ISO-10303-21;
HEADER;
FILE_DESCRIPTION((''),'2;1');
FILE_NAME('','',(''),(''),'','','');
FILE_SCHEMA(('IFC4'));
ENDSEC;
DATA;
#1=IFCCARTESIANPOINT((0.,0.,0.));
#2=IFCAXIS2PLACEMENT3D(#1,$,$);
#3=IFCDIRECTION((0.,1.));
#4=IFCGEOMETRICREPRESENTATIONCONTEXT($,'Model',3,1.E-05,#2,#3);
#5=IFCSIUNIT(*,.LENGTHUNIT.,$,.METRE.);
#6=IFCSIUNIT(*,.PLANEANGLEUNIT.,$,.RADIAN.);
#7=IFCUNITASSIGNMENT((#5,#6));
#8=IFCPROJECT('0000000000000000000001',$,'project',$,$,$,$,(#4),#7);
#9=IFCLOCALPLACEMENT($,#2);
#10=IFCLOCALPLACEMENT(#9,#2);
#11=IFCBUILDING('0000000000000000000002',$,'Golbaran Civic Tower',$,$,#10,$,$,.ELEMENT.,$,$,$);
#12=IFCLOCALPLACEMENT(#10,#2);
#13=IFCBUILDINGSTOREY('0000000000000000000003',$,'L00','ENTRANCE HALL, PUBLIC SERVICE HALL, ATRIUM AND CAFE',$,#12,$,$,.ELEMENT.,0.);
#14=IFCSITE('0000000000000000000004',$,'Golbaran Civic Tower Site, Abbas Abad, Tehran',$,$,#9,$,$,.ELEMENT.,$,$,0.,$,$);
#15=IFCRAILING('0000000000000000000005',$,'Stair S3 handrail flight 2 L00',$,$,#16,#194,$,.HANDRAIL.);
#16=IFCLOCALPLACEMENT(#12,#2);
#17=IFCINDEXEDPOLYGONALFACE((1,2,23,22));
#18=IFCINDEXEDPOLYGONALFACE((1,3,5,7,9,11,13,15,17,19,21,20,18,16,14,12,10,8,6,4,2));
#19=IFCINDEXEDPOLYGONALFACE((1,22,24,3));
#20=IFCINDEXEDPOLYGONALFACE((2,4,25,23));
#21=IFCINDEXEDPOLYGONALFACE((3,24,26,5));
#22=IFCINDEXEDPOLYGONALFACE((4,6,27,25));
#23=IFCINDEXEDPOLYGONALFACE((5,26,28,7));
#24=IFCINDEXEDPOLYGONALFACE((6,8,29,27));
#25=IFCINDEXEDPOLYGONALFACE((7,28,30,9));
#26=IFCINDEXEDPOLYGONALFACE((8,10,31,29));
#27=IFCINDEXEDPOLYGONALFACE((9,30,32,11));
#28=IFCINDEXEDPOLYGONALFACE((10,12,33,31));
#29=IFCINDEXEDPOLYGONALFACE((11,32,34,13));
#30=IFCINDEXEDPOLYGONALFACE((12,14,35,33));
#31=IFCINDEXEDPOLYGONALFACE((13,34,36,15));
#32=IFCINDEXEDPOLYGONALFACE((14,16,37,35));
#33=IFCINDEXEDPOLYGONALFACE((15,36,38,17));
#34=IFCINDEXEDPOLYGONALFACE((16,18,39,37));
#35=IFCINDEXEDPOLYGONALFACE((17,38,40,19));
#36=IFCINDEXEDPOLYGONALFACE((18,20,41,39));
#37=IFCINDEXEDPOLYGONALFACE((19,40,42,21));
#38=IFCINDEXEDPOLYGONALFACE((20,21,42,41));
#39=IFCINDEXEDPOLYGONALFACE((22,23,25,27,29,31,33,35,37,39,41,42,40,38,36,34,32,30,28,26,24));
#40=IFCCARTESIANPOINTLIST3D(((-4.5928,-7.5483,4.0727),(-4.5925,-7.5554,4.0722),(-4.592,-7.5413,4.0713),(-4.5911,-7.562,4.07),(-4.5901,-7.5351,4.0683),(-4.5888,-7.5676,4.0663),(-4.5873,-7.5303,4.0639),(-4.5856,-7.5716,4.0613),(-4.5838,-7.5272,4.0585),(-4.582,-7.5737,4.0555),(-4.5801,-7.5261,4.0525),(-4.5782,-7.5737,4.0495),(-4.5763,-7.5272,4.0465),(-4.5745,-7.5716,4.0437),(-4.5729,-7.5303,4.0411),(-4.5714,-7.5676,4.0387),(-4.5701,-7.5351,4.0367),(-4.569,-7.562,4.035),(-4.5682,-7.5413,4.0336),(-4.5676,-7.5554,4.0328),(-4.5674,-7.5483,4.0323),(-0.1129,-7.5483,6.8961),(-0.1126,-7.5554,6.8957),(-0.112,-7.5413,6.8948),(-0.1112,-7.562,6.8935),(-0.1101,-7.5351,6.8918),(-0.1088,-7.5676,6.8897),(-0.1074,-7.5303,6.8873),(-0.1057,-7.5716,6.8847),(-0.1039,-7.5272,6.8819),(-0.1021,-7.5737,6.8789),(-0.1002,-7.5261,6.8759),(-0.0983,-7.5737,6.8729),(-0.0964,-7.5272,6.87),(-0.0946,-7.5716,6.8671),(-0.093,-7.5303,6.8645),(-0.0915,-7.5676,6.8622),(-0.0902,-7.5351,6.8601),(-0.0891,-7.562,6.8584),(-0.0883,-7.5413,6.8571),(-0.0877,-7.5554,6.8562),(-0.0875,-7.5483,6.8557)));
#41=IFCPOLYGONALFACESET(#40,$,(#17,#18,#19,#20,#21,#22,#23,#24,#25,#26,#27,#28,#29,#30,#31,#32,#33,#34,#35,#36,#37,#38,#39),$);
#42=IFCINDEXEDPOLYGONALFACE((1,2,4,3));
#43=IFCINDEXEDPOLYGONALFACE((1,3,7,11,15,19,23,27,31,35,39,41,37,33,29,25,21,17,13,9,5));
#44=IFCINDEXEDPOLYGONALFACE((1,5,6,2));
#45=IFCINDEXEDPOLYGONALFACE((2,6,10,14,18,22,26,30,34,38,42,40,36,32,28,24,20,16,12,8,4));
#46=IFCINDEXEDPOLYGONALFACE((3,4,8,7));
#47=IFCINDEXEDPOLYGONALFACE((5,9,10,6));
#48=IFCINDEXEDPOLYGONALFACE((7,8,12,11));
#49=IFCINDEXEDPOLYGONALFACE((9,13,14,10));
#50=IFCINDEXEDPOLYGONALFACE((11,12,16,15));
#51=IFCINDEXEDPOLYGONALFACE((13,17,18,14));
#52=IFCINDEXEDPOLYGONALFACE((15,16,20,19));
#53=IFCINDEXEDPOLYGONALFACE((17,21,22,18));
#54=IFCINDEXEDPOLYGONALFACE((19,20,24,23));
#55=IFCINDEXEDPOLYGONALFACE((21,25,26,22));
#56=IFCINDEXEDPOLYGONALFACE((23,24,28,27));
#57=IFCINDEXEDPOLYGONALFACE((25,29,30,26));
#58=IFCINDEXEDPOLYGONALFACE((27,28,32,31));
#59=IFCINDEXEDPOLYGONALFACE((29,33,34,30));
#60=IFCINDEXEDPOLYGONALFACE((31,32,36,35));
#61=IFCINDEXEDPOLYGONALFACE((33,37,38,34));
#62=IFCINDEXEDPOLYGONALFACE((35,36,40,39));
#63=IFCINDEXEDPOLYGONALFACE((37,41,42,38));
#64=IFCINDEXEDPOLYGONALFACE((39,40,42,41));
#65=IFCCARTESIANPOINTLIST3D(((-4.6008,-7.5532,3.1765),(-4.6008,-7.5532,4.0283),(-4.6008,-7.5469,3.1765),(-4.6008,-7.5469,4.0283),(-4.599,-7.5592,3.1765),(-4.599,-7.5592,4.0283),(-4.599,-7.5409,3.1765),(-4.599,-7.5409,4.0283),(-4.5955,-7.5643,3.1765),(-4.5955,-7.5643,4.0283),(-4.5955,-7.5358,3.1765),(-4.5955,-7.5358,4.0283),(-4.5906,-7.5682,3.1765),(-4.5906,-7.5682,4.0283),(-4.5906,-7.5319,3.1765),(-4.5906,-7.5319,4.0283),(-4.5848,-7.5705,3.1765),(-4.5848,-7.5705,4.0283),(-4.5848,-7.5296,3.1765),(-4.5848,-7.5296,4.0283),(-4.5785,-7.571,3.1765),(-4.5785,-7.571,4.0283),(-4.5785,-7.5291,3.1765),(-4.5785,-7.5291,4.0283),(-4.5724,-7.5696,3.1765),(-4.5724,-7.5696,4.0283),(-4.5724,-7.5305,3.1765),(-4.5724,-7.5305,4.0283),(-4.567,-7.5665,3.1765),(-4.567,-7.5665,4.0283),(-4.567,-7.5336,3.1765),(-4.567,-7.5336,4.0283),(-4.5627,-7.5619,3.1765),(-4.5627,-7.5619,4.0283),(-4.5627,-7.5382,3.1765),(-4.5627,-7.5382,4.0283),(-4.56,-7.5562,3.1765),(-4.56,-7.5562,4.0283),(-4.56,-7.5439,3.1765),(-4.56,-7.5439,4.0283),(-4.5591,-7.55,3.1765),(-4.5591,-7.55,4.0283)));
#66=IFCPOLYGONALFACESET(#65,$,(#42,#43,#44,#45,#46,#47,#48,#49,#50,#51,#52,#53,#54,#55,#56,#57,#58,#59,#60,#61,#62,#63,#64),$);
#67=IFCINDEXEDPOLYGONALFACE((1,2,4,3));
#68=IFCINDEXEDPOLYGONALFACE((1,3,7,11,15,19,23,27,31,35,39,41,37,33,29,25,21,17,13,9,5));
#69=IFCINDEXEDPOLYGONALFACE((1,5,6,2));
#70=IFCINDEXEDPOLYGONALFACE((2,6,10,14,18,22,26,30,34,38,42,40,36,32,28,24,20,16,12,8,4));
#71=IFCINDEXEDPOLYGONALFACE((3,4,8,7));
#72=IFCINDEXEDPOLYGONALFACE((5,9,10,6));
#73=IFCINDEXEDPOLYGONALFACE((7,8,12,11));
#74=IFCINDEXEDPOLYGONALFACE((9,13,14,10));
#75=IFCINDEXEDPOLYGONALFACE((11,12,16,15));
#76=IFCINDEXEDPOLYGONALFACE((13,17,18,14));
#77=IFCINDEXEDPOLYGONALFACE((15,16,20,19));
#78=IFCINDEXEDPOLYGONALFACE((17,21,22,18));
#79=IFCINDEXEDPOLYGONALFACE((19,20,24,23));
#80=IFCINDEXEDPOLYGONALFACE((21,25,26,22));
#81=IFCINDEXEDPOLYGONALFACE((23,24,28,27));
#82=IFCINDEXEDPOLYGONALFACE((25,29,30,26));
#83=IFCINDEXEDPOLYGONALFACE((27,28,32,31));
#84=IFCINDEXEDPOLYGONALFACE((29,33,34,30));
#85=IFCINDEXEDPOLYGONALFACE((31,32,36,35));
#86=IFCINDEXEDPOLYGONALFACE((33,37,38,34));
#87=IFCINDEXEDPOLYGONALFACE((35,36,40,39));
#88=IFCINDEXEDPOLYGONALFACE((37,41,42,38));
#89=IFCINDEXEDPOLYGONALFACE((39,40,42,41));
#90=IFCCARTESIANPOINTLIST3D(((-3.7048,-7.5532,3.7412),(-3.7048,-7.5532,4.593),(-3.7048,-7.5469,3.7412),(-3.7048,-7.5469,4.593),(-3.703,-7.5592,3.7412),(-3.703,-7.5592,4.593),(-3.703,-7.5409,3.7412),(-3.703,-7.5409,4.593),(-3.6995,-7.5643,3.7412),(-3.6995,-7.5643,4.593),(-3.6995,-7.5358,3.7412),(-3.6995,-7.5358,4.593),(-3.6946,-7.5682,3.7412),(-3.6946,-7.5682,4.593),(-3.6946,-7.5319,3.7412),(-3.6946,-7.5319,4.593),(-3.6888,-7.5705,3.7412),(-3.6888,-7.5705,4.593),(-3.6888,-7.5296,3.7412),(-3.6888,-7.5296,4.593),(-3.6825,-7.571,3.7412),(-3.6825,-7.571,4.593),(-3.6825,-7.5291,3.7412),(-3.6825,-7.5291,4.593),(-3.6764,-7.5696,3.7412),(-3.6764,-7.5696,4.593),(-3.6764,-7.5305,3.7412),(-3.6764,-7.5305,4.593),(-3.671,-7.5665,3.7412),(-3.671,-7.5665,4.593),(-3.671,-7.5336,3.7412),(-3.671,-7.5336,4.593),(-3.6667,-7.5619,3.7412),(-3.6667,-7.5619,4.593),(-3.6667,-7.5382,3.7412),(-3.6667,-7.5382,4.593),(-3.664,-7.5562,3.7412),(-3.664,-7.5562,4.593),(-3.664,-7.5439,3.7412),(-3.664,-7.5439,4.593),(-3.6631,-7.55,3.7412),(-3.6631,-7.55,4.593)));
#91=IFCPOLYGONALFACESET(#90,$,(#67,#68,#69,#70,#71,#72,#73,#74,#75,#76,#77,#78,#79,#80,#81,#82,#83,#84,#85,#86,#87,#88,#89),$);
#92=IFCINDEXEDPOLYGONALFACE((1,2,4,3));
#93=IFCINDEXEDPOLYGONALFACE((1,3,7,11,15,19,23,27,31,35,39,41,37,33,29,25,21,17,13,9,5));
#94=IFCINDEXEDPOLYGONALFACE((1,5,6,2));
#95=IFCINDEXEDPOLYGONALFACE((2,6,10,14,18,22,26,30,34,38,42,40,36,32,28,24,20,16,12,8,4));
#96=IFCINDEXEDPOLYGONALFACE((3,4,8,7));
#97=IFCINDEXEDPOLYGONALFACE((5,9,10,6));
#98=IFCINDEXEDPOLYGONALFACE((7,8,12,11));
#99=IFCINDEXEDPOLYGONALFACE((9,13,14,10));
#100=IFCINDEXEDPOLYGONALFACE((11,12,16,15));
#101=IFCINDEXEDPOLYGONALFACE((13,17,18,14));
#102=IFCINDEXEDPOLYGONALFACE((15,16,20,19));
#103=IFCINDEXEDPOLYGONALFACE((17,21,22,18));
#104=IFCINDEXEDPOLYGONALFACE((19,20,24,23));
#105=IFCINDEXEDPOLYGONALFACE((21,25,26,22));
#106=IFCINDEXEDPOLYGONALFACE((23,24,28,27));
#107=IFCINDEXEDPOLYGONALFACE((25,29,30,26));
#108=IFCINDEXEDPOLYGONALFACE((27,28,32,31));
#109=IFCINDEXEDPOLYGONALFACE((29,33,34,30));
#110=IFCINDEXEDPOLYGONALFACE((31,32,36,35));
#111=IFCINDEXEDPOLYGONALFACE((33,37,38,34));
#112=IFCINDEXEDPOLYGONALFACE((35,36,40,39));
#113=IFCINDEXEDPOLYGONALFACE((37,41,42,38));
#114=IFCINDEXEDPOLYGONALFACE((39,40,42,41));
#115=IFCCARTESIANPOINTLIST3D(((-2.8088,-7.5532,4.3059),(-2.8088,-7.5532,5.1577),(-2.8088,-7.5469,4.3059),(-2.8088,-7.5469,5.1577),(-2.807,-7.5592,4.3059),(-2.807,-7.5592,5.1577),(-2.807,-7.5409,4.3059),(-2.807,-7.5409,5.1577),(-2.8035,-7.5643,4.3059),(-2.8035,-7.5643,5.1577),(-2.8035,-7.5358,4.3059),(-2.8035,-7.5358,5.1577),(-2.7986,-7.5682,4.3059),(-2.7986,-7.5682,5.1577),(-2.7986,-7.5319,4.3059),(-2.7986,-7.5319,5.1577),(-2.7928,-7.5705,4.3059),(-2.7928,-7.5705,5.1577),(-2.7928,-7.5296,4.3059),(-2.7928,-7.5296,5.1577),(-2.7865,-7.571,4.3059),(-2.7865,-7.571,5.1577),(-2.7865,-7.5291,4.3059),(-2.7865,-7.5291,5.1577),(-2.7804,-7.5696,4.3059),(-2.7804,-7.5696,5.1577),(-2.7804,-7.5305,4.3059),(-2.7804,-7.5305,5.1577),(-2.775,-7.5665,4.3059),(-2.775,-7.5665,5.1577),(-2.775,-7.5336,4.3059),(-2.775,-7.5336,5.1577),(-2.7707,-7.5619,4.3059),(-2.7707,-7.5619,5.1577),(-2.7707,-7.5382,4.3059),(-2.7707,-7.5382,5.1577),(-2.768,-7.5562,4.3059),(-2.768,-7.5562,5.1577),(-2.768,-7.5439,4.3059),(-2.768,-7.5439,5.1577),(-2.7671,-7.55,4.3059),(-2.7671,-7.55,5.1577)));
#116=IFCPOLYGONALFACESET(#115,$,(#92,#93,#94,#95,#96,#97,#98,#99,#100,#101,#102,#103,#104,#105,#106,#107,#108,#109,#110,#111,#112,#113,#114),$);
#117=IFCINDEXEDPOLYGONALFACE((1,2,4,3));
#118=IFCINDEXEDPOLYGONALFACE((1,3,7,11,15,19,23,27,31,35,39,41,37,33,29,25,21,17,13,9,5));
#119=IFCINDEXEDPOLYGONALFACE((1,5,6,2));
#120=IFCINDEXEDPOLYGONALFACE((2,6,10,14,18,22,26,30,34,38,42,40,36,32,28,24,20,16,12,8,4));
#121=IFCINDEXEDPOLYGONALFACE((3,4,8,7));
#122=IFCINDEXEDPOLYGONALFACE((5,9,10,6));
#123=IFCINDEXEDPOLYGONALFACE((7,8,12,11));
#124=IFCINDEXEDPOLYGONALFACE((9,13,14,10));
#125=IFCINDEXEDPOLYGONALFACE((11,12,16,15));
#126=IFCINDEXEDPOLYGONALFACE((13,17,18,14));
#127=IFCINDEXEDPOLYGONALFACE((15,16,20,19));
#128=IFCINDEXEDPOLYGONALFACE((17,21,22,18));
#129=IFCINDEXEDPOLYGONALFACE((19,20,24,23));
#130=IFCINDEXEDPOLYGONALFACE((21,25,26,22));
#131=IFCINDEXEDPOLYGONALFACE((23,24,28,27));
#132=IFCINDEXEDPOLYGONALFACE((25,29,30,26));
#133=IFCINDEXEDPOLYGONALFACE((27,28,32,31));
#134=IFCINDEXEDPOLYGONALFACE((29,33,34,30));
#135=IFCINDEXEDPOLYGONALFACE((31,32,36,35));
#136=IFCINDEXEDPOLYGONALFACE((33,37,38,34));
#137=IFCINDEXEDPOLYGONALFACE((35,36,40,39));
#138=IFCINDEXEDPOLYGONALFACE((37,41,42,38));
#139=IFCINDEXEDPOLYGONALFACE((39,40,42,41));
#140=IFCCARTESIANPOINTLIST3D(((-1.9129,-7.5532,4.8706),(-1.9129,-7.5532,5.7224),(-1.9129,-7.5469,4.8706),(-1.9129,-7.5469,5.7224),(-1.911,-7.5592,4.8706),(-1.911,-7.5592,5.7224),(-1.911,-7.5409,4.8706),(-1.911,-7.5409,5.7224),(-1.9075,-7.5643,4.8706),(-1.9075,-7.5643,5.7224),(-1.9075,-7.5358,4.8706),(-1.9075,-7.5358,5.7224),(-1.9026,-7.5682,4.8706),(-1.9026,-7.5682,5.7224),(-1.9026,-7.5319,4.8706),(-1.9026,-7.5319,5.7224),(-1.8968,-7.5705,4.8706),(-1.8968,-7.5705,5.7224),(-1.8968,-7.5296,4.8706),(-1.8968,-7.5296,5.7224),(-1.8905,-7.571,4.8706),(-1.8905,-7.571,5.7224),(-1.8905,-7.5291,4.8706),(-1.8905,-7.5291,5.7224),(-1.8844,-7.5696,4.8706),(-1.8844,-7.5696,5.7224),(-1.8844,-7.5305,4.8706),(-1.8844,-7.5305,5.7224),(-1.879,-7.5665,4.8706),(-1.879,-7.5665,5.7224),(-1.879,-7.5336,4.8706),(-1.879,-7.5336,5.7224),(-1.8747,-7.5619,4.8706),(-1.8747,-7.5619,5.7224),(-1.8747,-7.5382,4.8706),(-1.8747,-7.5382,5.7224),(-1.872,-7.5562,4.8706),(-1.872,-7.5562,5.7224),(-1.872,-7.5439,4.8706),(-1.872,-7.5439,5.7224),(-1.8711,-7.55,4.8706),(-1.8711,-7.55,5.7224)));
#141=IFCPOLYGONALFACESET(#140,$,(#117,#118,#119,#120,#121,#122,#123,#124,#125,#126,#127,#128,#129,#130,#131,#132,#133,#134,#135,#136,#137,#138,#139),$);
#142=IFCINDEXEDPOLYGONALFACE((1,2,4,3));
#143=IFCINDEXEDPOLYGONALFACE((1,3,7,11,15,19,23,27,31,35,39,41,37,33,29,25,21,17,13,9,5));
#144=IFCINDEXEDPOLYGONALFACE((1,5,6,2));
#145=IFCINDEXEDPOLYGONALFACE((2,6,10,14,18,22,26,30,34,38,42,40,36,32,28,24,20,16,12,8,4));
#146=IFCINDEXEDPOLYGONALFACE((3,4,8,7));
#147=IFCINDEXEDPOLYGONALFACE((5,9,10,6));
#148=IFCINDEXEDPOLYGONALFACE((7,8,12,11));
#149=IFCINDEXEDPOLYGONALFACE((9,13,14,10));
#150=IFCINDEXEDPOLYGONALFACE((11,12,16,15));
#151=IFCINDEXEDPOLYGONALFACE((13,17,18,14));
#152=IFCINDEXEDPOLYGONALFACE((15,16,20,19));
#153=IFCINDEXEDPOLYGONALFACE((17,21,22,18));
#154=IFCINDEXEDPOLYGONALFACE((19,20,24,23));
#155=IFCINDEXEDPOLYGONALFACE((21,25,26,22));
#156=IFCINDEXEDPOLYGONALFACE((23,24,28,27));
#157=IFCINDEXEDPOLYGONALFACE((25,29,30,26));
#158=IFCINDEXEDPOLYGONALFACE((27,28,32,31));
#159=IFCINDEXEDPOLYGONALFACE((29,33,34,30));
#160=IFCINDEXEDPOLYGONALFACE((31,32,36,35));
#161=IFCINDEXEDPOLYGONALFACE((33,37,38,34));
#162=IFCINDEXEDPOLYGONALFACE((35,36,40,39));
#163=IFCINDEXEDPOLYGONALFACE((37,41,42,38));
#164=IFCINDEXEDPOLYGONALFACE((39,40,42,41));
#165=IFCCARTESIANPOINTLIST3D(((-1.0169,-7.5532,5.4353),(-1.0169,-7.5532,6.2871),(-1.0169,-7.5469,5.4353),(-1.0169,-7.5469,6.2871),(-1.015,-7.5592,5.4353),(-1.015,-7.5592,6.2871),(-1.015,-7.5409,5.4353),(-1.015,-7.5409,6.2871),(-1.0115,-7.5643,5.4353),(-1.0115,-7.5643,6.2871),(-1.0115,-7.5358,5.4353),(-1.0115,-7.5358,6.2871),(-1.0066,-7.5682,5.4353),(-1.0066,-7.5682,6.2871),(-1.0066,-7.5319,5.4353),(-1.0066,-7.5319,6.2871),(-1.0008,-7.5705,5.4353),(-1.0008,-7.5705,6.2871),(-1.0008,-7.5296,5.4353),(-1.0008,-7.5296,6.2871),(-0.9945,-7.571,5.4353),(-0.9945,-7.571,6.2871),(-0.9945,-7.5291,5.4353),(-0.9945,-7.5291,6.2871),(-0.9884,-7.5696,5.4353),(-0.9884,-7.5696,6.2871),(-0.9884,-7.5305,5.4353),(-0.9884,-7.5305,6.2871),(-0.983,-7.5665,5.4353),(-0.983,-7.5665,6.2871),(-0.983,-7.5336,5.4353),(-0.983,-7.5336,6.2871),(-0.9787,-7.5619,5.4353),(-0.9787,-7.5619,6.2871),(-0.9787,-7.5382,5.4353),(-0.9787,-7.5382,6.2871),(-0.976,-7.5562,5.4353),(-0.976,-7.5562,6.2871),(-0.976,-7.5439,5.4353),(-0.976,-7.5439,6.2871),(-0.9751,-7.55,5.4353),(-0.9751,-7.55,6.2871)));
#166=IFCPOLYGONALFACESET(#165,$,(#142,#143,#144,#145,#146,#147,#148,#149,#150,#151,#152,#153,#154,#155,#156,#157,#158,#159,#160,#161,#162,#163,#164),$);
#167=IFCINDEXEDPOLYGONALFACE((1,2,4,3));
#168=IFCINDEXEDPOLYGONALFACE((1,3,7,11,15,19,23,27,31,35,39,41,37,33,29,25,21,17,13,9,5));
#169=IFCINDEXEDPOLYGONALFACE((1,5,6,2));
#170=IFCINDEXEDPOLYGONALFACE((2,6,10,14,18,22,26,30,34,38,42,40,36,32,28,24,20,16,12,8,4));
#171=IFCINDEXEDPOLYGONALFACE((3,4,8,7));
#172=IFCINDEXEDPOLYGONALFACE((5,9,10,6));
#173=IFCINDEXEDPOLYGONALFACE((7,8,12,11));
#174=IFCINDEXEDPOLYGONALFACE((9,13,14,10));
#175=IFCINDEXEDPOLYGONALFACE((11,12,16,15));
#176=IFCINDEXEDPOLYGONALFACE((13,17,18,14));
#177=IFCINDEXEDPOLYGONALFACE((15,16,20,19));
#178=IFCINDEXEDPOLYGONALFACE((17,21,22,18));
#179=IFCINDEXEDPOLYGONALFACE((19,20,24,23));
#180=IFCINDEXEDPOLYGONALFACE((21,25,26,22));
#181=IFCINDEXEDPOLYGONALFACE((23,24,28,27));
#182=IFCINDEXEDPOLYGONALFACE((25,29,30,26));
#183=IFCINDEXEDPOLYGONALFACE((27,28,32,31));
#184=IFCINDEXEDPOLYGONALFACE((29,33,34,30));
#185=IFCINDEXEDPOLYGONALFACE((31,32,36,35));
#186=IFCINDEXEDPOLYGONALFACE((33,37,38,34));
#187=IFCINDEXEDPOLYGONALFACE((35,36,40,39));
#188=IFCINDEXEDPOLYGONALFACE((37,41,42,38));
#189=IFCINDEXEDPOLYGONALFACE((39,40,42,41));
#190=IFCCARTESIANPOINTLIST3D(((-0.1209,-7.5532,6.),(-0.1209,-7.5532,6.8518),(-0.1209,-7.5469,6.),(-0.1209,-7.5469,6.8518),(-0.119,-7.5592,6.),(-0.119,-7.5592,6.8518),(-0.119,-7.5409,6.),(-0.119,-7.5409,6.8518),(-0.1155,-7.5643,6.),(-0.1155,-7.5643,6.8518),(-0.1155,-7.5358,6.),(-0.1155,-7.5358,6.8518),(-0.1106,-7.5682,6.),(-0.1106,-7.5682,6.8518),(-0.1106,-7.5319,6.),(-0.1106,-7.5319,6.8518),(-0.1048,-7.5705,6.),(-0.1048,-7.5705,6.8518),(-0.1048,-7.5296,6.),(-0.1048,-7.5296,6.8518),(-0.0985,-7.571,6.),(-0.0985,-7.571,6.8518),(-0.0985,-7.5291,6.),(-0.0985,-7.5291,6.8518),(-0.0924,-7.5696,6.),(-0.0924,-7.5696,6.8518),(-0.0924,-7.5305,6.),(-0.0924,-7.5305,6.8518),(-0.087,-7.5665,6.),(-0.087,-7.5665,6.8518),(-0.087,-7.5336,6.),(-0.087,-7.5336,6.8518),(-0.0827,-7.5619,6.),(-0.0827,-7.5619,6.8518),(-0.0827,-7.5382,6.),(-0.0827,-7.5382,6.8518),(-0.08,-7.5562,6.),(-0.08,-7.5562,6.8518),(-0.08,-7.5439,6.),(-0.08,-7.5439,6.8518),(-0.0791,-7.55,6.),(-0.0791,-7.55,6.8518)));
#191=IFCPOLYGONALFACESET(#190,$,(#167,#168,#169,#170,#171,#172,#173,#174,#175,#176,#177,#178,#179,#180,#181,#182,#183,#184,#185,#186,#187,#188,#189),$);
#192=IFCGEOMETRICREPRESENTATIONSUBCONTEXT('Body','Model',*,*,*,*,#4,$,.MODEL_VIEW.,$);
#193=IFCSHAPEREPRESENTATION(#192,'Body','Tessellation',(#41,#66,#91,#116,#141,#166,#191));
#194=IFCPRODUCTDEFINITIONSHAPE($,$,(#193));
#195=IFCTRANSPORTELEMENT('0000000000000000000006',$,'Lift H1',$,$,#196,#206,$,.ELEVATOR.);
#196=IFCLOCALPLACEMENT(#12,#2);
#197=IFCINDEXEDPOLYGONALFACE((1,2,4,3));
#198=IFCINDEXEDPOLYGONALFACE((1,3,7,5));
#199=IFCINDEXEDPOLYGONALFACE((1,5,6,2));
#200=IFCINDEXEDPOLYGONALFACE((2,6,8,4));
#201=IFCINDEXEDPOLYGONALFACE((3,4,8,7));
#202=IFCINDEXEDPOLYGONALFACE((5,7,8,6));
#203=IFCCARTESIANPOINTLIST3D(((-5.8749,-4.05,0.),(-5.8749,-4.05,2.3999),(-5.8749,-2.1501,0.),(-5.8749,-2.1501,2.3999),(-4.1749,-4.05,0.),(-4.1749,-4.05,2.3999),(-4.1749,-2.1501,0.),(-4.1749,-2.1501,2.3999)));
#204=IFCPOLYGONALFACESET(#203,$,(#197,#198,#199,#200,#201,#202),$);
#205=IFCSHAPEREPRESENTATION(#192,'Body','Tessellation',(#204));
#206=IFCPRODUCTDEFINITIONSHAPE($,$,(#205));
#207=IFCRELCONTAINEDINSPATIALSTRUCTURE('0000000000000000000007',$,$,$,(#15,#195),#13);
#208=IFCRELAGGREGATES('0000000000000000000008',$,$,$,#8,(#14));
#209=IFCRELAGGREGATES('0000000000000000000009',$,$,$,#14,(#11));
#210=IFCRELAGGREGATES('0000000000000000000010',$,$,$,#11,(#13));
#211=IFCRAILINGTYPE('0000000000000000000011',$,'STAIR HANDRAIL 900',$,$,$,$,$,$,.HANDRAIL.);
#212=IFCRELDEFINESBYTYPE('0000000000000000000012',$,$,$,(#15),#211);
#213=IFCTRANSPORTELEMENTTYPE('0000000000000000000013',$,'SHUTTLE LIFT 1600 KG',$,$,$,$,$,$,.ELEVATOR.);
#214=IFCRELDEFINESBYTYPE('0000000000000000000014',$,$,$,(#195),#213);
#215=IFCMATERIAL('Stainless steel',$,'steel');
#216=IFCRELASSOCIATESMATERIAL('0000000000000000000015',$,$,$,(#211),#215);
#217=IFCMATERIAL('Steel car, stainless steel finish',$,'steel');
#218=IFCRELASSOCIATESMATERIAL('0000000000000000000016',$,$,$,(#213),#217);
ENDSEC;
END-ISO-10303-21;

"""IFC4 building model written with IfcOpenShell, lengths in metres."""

from ifc_helpers import new_model, si_unit, direction, frame, origin, origin_2d, place, context, subcontext, project, spatial, rectangle, circle, extrude, material, type_object, element, save


model = new_model("IFC4")

# Units and contexts
model_context = context("Model", 3, precision=1e-05, world=origin(), true_north=direction((0.0, 1.0)))
body_context = subcontext(model_context, "Body", "Model", "MODEL_VIEW")
ifc_project = project(units=[si_unit("LENGTHUNIT", "METRE"), si_unit("PLANEANGLEUNIT", "RADIAN")], contexts=[model_context])

# Site, building, storey
site_placement = place(None, origin())
site = spatial("IfcSite", under=ifc_project, at=site_placement, Name="Golbaran Civic Tower Site, Abbas Abad, Tehran", CompositionType="ELEMENT", RefElevation=0.0)
building_placement = place(site_placement, origin())
building = spatial("IfcBuilding", under=site, at=building_placement, Name="Golbaran Civic Tower", CompositionType="ELEMENT")
storey_placement = place(building_placement, origin())
storey = spatial("IfcBuildingStorey", under=building, at=storey_placement, Name="L00", Description="ENTRANCE HALL, PUBLIC SERVICE HALL, ATRIUM AND CAFE", CompositionType="ELEMENT", Elevation=0.0)

# Shared definitions
ifc_material_1 = material(Name="Stainless steel", Category="steel")

# Railing
railing_type = type_object("IfcRailingType", Name="STAIR HANDRAIL 900", PredefinedType="HANDRAIL", material=ifc_material_1)
railing_placement = place(storey_placement, frame((-4.5801, -7.55, 3.1765)))
element("IfcRailing", 1, at=railing_placement, inside=storey, type_object=railing_type, Name="Stair S3 handrail flight 2 L00", PredefinedType="HANDRAIL", context=body_context, shape_type="SweptSolid", body=[
    extrude(circle(Radius=0.0239, at=origin_2d()), frame((0.0, 0.0, 0.876), z_axis=(0.845998, 0.0, 0.533186), x_axis=(0.0, 1.0, 0.0)), (0.0, 0.0, 1.0), 5.2954),
    extrude(circle(Radius=0.021, at=origin_2d()), origin(), (0.0, 0.0, 1.0), 0.8518),
    extrude(circle(Radius=0.021, at=origin_2d()), frame((0.896, 0.0, 0.5647)), (0.0, 0.0, 1.0), 0.8518),
    extrude(circle(Radius=0.021, at=origin_2d()), frame((1.792, 0.0, 1.1294)), (0.0, 0.0, 1.0), 0.8518),
    extrude(circle(Radius=0.021, at=origin_2d()), frame((2.688, 0.0, 1.6941)), (0.0, 0.0, 1.0), 0.8518),
    extrude(circle(Radius=0.021, at=origin_2d()), frame((3.584, 0.0, 2.2588)), (0.0, 0.0, 1.0), 0.8518),
    extrude(circle(Radius=0.021, at=origin_2d()), frame((4.48, 0.0, 2.8235)), (0.0, 0.0, 1.0), 0.8518),
])

# Transport element
ifc_material_2 = material(Name="Steel car, stainless steel finish", Category="steel")
transport_element_type = type_object("IfcTransportElementType", Name="SHUTTLE LIFT 1600 KG", PredefinedType="ELEVATOR", material=ifc_material_2)
transport_element_placement = place(storey_placement, frame((-5.0249, -3.1001, 0.0), z_axis=(0.0, 0.0, 1.0), x_axis=(1.0, 0.0, 0.0)))
element("IfcTransportElement", 2, at=transport_element_placement, inside=storey, type_object=transport_element_type, Name="Lift H1", PredefinedType="ELEVATOR", context=body_context, shape_type="SweptSolid", body=[
    extrude(rectangle(XDim=1.7, YDim=1.8999, at=origin_2d()), origin(), (0.0, 0.0, 1.0), 2.3999),
])

save(model, "model.ifc")
